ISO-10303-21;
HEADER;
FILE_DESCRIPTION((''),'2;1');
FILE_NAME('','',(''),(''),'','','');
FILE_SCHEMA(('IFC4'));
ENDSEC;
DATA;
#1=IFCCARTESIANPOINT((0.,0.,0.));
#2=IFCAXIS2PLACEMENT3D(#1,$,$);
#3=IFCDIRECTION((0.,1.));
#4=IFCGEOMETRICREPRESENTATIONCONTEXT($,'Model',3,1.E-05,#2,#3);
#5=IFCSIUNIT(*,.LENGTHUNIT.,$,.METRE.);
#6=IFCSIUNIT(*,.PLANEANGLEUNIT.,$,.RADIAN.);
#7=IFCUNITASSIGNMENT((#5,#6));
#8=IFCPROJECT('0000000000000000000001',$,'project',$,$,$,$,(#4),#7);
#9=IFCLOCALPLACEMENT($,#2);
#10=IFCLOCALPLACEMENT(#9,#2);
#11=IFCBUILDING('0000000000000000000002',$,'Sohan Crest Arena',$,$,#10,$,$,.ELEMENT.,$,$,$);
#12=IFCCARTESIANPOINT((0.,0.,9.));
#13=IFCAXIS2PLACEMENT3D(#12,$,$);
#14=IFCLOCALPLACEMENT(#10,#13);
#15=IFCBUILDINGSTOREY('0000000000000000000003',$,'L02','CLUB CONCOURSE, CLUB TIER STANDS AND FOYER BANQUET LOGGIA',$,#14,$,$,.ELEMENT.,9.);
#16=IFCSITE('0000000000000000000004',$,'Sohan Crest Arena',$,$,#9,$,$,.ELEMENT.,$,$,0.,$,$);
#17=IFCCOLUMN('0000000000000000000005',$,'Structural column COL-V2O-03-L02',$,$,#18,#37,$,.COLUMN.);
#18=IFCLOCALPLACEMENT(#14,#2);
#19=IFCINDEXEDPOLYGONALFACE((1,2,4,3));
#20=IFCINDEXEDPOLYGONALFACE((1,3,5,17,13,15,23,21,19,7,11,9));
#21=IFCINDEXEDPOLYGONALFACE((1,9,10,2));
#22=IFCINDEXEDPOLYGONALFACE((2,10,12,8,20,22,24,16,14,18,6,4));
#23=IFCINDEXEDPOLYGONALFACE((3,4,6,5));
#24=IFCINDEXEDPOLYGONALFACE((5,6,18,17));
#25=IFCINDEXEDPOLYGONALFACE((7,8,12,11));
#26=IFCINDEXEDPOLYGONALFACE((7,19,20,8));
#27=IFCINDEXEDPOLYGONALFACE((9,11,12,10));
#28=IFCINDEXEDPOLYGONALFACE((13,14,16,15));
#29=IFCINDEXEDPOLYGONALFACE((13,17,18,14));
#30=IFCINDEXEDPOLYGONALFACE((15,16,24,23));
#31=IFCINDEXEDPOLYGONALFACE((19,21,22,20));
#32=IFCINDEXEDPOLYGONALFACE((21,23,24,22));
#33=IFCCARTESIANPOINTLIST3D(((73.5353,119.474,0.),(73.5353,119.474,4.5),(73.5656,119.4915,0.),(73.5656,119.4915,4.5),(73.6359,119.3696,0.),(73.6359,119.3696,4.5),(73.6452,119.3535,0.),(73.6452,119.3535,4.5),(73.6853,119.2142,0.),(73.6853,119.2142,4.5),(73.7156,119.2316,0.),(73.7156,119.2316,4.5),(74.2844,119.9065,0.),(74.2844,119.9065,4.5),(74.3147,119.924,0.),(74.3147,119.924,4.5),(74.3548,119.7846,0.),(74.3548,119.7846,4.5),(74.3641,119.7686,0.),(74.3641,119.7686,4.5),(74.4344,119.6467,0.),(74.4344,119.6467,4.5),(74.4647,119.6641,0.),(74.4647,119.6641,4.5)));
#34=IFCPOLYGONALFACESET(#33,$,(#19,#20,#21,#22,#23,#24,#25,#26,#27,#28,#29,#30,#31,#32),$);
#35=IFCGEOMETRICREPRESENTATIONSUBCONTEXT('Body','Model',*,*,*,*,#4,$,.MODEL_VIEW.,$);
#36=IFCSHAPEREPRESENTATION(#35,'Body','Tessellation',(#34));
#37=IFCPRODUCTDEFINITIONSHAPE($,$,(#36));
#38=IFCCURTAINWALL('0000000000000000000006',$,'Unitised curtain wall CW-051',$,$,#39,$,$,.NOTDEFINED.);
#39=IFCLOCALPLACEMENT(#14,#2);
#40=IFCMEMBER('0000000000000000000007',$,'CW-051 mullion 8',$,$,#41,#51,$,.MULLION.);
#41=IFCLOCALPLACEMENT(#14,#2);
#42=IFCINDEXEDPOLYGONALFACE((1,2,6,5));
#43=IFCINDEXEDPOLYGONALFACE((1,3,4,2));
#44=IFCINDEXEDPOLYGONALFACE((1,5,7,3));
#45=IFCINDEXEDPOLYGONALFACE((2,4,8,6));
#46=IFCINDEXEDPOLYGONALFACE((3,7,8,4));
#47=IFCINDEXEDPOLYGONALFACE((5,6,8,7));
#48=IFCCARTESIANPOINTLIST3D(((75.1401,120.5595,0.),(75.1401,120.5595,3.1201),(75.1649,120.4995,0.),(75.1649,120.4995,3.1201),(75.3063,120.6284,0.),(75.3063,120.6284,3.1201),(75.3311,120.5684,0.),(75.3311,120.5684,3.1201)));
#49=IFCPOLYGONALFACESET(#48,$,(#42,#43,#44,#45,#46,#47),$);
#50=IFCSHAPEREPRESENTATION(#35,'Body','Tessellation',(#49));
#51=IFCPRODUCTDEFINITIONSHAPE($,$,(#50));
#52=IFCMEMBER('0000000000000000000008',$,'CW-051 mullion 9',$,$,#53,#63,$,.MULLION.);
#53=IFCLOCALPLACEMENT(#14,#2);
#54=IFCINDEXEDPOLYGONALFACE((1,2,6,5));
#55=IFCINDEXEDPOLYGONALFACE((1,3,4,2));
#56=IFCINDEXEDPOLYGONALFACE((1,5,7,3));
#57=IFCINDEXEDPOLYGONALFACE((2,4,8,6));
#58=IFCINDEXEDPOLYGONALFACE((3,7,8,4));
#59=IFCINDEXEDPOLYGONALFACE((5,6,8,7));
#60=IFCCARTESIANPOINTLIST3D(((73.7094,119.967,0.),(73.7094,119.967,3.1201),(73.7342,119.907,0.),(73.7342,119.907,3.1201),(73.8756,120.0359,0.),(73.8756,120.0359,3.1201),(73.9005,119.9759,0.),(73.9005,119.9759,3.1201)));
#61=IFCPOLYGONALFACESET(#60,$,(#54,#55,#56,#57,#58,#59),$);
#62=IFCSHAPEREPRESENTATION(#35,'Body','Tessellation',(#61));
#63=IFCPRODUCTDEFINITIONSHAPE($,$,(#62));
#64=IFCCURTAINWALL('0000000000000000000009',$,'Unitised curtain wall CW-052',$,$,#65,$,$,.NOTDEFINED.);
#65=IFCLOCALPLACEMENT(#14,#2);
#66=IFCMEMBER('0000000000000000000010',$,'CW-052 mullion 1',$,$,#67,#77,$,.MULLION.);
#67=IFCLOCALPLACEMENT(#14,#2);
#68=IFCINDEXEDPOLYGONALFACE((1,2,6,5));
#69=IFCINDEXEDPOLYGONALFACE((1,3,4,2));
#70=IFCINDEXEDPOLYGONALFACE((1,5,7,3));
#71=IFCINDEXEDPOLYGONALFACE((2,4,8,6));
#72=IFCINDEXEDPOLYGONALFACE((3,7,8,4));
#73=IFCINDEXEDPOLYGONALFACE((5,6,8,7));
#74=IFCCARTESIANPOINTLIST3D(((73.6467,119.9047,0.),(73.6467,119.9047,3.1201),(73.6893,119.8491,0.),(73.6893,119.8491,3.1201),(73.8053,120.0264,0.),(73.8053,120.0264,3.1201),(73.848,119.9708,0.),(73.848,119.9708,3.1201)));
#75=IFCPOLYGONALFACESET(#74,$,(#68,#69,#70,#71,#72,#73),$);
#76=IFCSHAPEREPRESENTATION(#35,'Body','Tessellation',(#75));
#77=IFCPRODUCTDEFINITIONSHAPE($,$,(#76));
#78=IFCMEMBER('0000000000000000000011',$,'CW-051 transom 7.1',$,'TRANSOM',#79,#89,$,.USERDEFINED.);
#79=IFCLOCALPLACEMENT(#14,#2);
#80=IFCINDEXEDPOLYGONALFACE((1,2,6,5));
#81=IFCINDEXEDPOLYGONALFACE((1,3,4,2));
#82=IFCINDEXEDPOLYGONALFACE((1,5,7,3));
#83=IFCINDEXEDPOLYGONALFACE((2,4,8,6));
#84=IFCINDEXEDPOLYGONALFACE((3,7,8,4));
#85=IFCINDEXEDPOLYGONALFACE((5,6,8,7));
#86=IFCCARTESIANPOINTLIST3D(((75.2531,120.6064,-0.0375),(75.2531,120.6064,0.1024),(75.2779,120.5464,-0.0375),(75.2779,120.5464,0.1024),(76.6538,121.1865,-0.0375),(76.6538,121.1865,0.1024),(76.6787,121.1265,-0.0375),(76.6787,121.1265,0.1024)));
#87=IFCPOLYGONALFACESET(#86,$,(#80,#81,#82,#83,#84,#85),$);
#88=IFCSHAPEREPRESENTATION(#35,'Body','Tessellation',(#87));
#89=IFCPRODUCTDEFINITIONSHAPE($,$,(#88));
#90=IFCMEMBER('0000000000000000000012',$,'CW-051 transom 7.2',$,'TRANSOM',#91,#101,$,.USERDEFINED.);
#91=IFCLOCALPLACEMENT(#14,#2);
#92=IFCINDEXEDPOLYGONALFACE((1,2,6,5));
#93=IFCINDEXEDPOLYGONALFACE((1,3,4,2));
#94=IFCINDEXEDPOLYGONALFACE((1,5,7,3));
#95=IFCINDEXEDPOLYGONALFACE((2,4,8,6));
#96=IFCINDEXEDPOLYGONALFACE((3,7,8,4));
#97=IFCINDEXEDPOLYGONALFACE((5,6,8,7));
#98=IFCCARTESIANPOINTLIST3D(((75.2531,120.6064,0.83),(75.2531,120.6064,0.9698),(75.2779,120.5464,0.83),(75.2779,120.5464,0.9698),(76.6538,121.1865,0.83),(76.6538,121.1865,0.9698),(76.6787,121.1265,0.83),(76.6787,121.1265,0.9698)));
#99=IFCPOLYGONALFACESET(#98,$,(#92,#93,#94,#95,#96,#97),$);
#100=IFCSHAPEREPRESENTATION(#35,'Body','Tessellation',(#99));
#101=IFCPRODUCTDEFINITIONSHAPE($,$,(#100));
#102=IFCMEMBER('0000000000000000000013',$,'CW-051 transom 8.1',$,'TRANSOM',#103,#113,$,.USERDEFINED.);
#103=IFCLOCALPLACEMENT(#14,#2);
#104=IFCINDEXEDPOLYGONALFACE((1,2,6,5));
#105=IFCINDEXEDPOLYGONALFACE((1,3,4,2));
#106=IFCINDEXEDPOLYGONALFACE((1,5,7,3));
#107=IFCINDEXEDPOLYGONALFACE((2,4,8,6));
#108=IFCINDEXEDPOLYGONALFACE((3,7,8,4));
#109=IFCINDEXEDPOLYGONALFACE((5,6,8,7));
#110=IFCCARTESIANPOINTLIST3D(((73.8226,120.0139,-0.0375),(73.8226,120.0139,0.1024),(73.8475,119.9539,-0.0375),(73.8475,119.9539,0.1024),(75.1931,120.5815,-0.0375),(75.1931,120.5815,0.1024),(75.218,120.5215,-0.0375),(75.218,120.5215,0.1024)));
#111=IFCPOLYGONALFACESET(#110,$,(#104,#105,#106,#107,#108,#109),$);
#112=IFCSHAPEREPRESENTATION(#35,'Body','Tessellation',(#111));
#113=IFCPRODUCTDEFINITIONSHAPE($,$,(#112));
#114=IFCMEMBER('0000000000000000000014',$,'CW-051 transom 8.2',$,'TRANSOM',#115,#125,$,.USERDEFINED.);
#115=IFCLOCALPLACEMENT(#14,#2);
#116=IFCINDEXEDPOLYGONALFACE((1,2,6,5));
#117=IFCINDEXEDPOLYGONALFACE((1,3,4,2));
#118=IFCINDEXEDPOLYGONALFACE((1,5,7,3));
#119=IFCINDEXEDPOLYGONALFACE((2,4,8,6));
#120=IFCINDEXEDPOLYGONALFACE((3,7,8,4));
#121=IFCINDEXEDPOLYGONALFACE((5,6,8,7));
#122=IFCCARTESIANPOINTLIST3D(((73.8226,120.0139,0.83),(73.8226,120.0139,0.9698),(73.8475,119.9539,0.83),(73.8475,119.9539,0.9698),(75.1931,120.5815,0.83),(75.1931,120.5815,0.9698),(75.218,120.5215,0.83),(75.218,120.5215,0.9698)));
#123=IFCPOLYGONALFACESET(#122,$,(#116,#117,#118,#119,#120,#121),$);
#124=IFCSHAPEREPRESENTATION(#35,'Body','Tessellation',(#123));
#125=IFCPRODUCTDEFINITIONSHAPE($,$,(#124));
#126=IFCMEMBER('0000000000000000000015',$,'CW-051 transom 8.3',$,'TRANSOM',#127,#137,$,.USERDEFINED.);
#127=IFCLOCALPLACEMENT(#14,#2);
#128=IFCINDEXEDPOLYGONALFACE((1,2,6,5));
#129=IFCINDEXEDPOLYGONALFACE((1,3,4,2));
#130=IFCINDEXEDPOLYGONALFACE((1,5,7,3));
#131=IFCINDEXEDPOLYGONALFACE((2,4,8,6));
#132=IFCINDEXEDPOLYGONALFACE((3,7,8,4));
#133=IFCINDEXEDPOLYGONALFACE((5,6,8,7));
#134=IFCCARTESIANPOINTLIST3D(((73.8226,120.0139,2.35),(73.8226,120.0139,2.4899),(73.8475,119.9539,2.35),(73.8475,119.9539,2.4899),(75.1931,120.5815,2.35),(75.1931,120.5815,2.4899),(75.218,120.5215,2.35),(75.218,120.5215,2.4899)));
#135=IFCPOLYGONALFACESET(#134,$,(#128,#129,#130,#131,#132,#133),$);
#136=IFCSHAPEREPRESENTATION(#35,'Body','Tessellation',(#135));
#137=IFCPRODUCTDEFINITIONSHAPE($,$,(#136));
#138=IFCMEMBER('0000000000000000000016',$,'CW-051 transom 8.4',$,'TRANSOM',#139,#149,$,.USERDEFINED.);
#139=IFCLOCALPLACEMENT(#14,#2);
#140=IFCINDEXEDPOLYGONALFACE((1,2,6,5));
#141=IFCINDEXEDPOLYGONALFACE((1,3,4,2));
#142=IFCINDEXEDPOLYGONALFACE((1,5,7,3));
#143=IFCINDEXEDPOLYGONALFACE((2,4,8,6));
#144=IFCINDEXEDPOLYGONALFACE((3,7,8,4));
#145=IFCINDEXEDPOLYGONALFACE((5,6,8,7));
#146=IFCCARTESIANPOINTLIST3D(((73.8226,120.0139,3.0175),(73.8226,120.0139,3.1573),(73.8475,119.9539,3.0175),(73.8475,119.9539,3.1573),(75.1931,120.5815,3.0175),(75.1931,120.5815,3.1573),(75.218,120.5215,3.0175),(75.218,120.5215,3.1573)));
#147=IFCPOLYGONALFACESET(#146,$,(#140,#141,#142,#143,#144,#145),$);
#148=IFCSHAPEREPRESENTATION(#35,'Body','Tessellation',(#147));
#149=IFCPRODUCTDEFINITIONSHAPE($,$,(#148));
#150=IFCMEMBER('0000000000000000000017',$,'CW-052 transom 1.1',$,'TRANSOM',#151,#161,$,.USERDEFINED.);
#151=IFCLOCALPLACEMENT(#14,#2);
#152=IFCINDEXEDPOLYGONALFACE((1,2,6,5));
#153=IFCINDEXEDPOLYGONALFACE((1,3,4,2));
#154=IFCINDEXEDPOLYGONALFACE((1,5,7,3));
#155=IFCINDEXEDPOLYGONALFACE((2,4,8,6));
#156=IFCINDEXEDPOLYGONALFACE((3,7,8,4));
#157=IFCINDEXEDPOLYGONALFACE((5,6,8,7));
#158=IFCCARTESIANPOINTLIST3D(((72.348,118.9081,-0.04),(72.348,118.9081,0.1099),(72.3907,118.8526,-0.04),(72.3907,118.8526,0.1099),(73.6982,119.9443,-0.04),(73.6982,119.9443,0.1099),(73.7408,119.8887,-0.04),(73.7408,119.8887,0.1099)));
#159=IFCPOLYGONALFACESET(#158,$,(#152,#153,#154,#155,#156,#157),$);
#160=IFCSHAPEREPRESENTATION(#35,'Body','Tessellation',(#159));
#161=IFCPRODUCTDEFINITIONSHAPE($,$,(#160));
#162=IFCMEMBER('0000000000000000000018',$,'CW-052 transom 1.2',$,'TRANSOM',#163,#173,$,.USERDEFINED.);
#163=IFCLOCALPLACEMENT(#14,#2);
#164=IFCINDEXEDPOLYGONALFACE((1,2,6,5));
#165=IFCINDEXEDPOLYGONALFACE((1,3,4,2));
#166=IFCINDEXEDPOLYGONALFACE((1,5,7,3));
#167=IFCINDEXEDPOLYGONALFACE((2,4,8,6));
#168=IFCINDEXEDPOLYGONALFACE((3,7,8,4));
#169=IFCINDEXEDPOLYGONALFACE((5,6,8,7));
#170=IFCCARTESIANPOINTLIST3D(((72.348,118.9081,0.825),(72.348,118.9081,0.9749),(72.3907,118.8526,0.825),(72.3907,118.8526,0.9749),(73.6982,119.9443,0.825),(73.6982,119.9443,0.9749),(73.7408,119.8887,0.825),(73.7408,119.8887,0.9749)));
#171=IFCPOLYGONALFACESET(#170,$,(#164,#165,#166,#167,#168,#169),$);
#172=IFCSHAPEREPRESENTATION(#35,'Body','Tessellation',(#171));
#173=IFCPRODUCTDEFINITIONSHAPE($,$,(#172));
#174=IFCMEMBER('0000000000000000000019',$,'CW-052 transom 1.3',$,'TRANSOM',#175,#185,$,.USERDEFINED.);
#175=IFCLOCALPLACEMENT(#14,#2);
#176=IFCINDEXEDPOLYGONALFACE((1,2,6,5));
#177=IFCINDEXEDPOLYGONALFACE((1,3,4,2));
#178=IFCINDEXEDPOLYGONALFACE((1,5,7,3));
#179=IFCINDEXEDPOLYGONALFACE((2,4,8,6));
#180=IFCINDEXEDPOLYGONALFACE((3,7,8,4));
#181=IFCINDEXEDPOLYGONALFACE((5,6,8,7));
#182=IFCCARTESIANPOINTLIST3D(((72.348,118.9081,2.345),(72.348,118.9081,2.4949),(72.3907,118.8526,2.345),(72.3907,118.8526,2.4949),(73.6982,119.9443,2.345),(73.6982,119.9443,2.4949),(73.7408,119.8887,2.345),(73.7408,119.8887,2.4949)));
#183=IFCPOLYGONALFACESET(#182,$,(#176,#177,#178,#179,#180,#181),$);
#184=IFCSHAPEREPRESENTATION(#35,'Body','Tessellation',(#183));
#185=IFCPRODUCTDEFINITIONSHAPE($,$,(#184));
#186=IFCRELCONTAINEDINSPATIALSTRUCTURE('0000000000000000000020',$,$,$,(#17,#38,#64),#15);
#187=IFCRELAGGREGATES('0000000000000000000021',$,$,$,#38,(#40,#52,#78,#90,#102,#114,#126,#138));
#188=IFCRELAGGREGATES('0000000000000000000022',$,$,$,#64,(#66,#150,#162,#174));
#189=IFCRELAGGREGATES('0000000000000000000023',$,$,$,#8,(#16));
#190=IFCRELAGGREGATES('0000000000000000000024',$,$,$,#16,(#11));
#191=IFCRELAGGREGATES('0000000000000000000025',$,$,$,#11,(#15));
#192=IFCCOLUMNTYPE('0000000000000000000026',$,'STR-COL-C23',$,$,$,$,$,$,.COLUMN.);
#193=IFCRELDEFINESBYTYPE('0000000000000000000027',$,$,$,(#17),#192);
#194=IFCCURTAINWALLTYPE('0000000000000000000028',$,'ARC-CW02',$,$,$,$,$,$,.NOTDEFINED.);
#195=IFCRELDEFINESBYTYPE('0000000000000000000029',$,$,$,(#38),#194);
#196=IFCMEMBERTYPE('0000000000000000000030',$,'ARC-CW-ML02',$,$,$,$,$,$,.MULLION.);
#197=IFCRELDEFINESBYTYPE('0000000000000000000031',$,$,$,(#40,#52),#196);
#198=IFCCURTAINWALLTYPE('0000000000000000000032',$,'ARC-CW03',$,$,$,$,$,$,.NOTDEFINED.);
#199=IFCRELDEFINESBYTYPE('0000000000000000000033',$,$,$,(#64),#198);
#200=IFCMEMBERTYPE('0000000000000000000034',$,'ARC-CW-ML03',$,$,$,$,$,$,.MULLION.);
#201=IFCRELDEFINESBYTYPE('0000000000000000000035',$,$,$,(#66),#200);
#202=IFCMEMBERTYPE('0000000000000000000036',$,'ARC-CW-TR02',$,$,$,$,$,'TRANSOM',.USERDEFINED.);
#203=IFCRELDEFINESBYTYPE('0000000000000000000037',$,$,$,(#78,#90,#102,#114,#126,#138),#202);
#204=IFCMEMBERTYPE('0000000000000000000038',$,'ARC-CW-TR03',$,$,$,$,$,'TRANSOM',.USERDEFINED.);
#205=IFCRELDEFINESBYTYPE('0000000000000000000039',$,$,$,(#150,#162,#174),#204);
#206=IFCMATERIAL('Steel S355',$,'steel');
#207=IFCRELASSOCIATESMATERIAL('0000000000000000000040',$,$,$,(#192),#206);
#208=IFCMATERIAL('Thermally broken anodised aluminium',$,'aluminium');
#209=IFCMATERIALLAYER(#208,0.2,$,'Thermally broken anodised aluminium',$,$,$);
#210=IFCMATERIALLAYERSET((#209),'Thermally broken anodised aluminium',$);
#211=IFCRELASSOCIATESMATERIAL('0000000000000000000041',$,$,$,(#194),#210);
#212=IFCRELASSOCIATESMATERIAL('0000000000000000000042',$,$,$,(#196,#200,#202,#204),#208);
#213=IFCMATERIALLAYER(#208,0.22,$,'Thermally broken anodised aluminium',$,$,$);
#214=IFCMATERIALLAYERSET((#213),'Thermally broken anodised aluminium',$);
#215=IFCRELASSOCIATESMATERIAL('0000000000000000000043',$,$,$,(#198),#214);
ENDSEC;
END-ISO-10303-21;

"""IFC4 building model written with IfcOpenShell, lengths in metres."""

from ifc_helpers import new_model, si_unit, direction, frame, origin, origin_2d, place, context, subcontext, project, spatial, rectangle, i_section, extrude, material, layer, layer_set, material_profile, profile_set, type_object, element, aggregate, save


model = new_model("IFC4")

# Units and contexts
model_context = context("Model", 3, precision=1e-05, world=origin(), true_north=direction((0.0, 1.0)))
body_context = subcontext(model_context, "Body", "Model", "MODEL_VIEW")
ifc_project = project(units=[si_unit("LENGTHUNIT", "METRE"), si_unit("PLANEANGLEUNIT", "RADIAN")], contexts=[model_context])

# Site, building, storey
site_placement = place(None, origin())
site = spatial("IfcSite", under=ifc_project, at=site_placement, Name="Sohan Crest Arena", CompositionType="ELEMENT", RefElevation=0.0)
building_placement = place(site_placement, origin())
building = spatial("IfcBuilding", under=site, at=building_placement, Name="Sohan Crest Arena", CompositionType="ELEMENT")
storey_placement = place(building_placement, frame((0.0, 0.0, 9.0)))
storey = spatial("IfcBuildingStorey", under=building, at=storey_placement, Name="L02", Description="CLUB CONCOURSE, CLUB TIER STANDS AND FOYER BANQUET LOGGIA", CompositionType="ELEMENT", Elevation=9.0)

# Column
ifc_material_1 = material(Name="Steel S355", Category="steel")
ifc_material_profile_1 = material_profile(ifc_material_1, i_section(OverallWidth=0.3, OverallDepth=0.8999, WebThickness=0.0186, FlangeThickness=0.0349, at=origin_2d()), Name="HEB 900")
ifc_profile_set_1 = profile_set([ifc_material_profile_1], Name="Steel S355")
column_type = type_object("IfcColumnType", Name="STR-COL-C23", PredefinedType="COLUMN", material=ifc_profile_set_1)
column_placement = place(storey_placement, frame((74.0, 119.5691, 0.0), z_axis=(0.0, 0.0, 1.0), x_axis=(-0.5, 0.866025, 0.0)))
element("IfcColumn", 1, at=column_placement, inside=storey, type_object=column_type, Name="Structural column COL-V2O-03-L02", PredefinedType="COLUMN", context=body_context, shape_type="SweptSolid", body=[
    extrude(i_section(OverallWidth=0.3, OverallDepth=0.8999, WebThickness=0.0186, FlangeThickness=0.0349, at=origin_2d()), origin(), (0.0, 0.0, 1.0), 4.5),
])

# Curtain wall, members
ifc_material_2 = material(Name="Thermally broken anodised aluminium", Category="aluminium")
ifc_layer_1 = layer(ifc_material_2, 0.2, Name="Thermally broken anodised aluminium")
ifc_layer_set_1 = layer_set([ifc_layer_1], Name="Thermally broken anodised aluminium")
curtain_wall_type_1 = type_object("IfcCurtainWallType", Name="ARC-CW02", PredefinedType="NOTDEFINED", material=ifc_layer_set_1)
curtain_wall_1_placement = place(storey_placement, origin())
curtain_wall_1 = element("IfcCurtainWall", 2, at=curtain_wall_1_placement, inside=storey, type_object=curtain_wall_type_1, Name="Unitised curtain wall CW-051", PredefinedType="NOTDEFINED")
ifc_material_profile_2 = material_profile(ifc_material_2, rectangle(XDim=0.0649, YDim=0.1799, at=origin_2d()), Name="ALU-MULL 65x180")
ifc_profile_set_2 = profile_set([ifc_material_profile_2], Name="Thermally broken anodised aluminium")
member_type_1 = type_object("IfcMemberType", Name="ARC-CW-ML02", PredefinedType="MULLION", material=ifc_profile_set_2)
member_1_placement = place(storey_placement, frame((75.2356, 120.564, 0.0), z_axis=(0.0, 0.0, 1.0), x_axis=(0.382678, -0.923882, 0.0)))
member_1 = element("IfcMember", 3, at=member_1_placement, type_object=member_type_1, Name="CW-051 mullion 8", PredefinedType="MULLION", context=body_context, shape_type="SweptSolid", body=[
    extrude(rectangle(XDim=0.0649, YDim=0.1799, at=origin_2d()), origin(), (0.0, 0.0, 1.0), 3.1201),
])
member_2_placement = place(storey_placement, frame((73.8049, 119.9714, 0.0), z_axis=(0.0, 0.0, 1.0), x_axis=(0.382678, -0.923882, 0.0)))
member_2 = element("IfcMember", 4, at=member_2_placement, type_object=member_type_1, Name="CW-051 mullion 9", PredefinedType="MULLION", context=body_context, shape_type="SweptSolid", body=[
    extrude(rectangle(XDim=0.0649, YDim=0.1799, at=origin_2d()), origin(), (0.0, 0.0, 1.0), 3.1201),
])

# Curtain wall, member
ifc_layer_2 = layer(ifc_material_2, 0.22, Name="Thermally broken anodised aluminium")
ifc_layer_set_2 = layer_set([ifc_layer_2], Name="Thermally broken anodised aluminium")
curtain_wall_type_2 = type_object("IfcCurtainWallType", Name="ARC-CW03", PredefinedType="NOTDEFINED", material=ifc_layer_set_2)
curtain_wall_2_placement = place(storey_placement, origin())
curtain_wall_2 = element("IfcCurtainWall", 5, at=curtain_wall_2_placement, inside=storey, type_object=curtain_wall_type_2, Name="Unitised curtain wall CW-052", PredefinedType="NOTDEFINED")
ifc_material_profile_3 = material_profile(ifc_material_2, rectangle(XDim=0.0701, YDim=0.2, at=origin_2d()), Name="ALU-MULL 70x200")
ifc_profile_set_3 = profile_set([ifc_material_profile_3], Name="Thermally broken anodised aluminium")
member_type_2 = type_object("IfcMemberType", Name="ARC-CW-ML03", PredefinedType="MULLION", material=ifc_profile_set_3)
member_3_placement = place(storey_placement, frame((73.7473, 119.9377, 0.0), z_axis=(0.0, 0.0, 1.0), x_axis=(0.608793, -0.793329, 0.0)))
member_3 = element("IfcMember", 6, at=member_3_placement, type_object=member_type_2, Name="CW-052 mullion 1", PredefinedType="MULLION", context=body_context, shape_type="SweptSolid", body=[
    extrude(rectangle(XDim=0.0701, YDim=0.2, at=origin_2d()), origin(), (0.0, 0.0, 1.0), 3.1201),
])

# Members
ifc_material_profile_4 = material_profile(ifc_material_2, rectangle(XDim=0.0649, YDim=0.1399, at=origin_2d()), Name="ALU-TRAN 65x140")
ifc_profile_set_4 = profile_set([ifc_material_profile_4], Name="Thermally broken anodised aluminium")
member_type_3 = type_object("IfcMemberType", Name="ARC-CW-TR02", ElementType="TRANSOM", PredefinedType="USERDEFINED", material=ifc_profile_set_4)
member_4_placement = place(storey_placement, frame((76.6663, 121.1565, 0.0325), z_axis=(-0.923899, -0.382636, 0.0), x_axis=(0.382636, -0.923899, 0.0)))
member_4 = element("IfcMember", 7, at=member_4_placement, type_object=member_type_3, Name="CW-051 transom 7.1", ObjectType="TRANSOM", PredefinedType="USERDEFINED", context=body_context, shape_type="SweptSolid", body=[
    extrude(rectangle(XDim=0.0649, YDim=0.1399, at=origin_2d()), origin(), (0.0, 0.0, 1.0), 1.5161),
])
member_5_placement = place(storey_placement, frame((76.6663, 121.1565, 0.8999), z_axis=(-0.923899, -0.382636, 0.0), x_axis=(0.382636, -0.923899, 0.0)))
member_5 = element("IfcMember", 8, at=member_5_placement, type_object=member_type_3, Name="CW-051 transom 7.2", ObjectType="TRANSOM", PredefinedType="USERDEFINED", context=body_context, shape_type="SweptSolid", body=[
    extrude(rectangle(XDim=0.0649, YDim=0.1399, at=origin_2d()), origin(), (0.0, 0.0, 1.0), 1.5161),
])
member_6_placement = place(storey_placement, frame((75.2056, 120.5515, 0.0325), z_axis=(-0.923903, -0.382628, 0.0), x_axis=(0.382628, -0.923903, 0.0)))
member_6 = element("IfcMember", 9, at=member_6_placement, type_object=member_type_3, Name="CW-051 transom 8.1", ObjectType="TRANSOM", PredefinedType="USERDEFINED", context=body_context, shape_type="SweptSolid", body=[
    extrude(rectangle(XDim=0.0649, YDim=0.1399, at=origin_2d()), origin(), (0.0, 0.0, 1.0), 1.4834),
])
member_7_placement = place(storey_placement, frame((75.2056, 120.5515, 0.8999), z_axis=(-0.923903, -0.382628, 0.0), x_axis=(0.382628, -0.923903, 0.0)))
member_7 = element("IfcMember", 10, at=member_7_placement, type_object=member_type_3, Name="CW-051 transom 8.2", ObjectType="TRANSOM", PredefinedType="USERDEFINED", context=body_context, shape_type="SweptSolid", body=[
    extrude(rectangle(XDim=0.0649, YDim=0.1399, at=origin_2d()), origin(), (0.0, 0.0, 1.0), 1.4834),
])
member_8_placement = place(storey_placement, frame((75.2056, 120.5515, 2.4199), z_axis=(-0.923903, -0.382628, 0.0), x_axis=(0.382628, -0.923903, 0.0)))
member_8 = element("IfcMember", 11, at=member_8_placement, type_object=member_type_3, Name="CW-051 transom 8.3", ObjectType="TRANSOM", PredefinedType="USERDEFINED", context=body_context, shape_type="SweptSolid", body=[
    extrude(rectangle(XDim=0.0649, YDim=0.1399, at=origin_2d()), origin(), (0.0, 0.0, 1.0), 1.4834),
])
member_9_placement = place(storey_placement, frame((75.2056, 120.5515, 3.0874), z_axis=(-0.923903, -0.382628, 0.0), x_axis=(0.382628, -0.923903, 0.0)))
member_9 = element("IfcMember", 12, at=member_9_placement, type_object=member_type_3, Name="CW-051 transom 8.4", ObjectType="TRANSOM", PredefinedType="USERDEFINED", context=body_context, shape_type="SweptSolid", body=[
    extrude(rectangle(XDim=0.0649, YDim=0.1399, at=origin_2d()), origin(), (0.0, 0.0, 1.0), 1.4834),
])
ifc_material_profile_5 = material_profile(ifc_material_2, rectangle(XDim=0.0701, YDim=0.1499, at=origin_2d()), Name="ALU-TRAN 70x150")
ifc_profile_set_5 = profile_set([ifc_material_profile_5], Name="Thermally broken anodised aluminium")
member_type_4 = type_object("IfcMemberType", Name="ARC-CW-TR03", ElementType="TRANSOM", PredefinedType="USERDEFINED", material=ifc_profile_set_5)
member_10_placement = place(storey_placement, frame((73.7195, 119.9165, 0.0349), z_axis=(-0.793306, -0.608823, 0.0), x_axis=(0.608823, -0.793306, 0.0)))
member_10 = element("IfcMember", 13, at=member_10_placement, type_object=member_type_4, Name="CW-052 transom 1.1", ObjectType="TRANSOM", PredefinedType="USERDEFINED", context=body_context, shape_type="SweptSolid", body=[
    extrude(rectangle(XDim=0.0701, YDim=0.1499, at=origin_2d()), origin(), (0.0, 0.0, 1.0), 1.7019),
])
member_11_placement = place(storey_placement, frame((73.7195, 119.9165, 0.8999), z_axis=(-0.793306, -0.608823, 0.0), x_axis=(0.608823, -0.793306, 0.0)))
member_11 = element("IfcMember", 14, at=member_11_placement, type_object=member_type_4, Name="CW-052 transom 1.2", ObjectType="TRANSOM", PredefinedType="USERDEFINED", context=body_context, shape_type="SweptSolid", body=[
    extrude(rectangle(XDim=0.0701, YDim=0.1499, at=origin_2d()), origin(), (0.0, 0.0, 1.0), 1.7019),
])
member_12_placement = place(storey_placement, frame((73.7195, 119.9165, 2.4199), z_axis=(-0.793306, -0.608823, 0.0), x_axis=(0.608823, -0.793306, 0.0)))
member_12 = element("IfcMember", 15, at=member_12_placement, type_object=member_type_4, Name="CW-052 transom 1.3", ObjectType="TRANSOM", PredefinedType="USERDEFINED", context=body_context, shape_type="SweptSolid", body=[
    extrude(rectangle(XDim=0.0701, YDim=0.1499, at=origin_2d()), origin(), (0.0, 0.0, 1.0), 1.7019),
])

aggregate(curtain_wall_1, [member_1, member_2, member_4, member_5, member_6, member_7, member_8, member_9])
aggregate(curtain_wall_2, [member_3, member_10, member_11, member_12])

save(model, "model.ifc")
